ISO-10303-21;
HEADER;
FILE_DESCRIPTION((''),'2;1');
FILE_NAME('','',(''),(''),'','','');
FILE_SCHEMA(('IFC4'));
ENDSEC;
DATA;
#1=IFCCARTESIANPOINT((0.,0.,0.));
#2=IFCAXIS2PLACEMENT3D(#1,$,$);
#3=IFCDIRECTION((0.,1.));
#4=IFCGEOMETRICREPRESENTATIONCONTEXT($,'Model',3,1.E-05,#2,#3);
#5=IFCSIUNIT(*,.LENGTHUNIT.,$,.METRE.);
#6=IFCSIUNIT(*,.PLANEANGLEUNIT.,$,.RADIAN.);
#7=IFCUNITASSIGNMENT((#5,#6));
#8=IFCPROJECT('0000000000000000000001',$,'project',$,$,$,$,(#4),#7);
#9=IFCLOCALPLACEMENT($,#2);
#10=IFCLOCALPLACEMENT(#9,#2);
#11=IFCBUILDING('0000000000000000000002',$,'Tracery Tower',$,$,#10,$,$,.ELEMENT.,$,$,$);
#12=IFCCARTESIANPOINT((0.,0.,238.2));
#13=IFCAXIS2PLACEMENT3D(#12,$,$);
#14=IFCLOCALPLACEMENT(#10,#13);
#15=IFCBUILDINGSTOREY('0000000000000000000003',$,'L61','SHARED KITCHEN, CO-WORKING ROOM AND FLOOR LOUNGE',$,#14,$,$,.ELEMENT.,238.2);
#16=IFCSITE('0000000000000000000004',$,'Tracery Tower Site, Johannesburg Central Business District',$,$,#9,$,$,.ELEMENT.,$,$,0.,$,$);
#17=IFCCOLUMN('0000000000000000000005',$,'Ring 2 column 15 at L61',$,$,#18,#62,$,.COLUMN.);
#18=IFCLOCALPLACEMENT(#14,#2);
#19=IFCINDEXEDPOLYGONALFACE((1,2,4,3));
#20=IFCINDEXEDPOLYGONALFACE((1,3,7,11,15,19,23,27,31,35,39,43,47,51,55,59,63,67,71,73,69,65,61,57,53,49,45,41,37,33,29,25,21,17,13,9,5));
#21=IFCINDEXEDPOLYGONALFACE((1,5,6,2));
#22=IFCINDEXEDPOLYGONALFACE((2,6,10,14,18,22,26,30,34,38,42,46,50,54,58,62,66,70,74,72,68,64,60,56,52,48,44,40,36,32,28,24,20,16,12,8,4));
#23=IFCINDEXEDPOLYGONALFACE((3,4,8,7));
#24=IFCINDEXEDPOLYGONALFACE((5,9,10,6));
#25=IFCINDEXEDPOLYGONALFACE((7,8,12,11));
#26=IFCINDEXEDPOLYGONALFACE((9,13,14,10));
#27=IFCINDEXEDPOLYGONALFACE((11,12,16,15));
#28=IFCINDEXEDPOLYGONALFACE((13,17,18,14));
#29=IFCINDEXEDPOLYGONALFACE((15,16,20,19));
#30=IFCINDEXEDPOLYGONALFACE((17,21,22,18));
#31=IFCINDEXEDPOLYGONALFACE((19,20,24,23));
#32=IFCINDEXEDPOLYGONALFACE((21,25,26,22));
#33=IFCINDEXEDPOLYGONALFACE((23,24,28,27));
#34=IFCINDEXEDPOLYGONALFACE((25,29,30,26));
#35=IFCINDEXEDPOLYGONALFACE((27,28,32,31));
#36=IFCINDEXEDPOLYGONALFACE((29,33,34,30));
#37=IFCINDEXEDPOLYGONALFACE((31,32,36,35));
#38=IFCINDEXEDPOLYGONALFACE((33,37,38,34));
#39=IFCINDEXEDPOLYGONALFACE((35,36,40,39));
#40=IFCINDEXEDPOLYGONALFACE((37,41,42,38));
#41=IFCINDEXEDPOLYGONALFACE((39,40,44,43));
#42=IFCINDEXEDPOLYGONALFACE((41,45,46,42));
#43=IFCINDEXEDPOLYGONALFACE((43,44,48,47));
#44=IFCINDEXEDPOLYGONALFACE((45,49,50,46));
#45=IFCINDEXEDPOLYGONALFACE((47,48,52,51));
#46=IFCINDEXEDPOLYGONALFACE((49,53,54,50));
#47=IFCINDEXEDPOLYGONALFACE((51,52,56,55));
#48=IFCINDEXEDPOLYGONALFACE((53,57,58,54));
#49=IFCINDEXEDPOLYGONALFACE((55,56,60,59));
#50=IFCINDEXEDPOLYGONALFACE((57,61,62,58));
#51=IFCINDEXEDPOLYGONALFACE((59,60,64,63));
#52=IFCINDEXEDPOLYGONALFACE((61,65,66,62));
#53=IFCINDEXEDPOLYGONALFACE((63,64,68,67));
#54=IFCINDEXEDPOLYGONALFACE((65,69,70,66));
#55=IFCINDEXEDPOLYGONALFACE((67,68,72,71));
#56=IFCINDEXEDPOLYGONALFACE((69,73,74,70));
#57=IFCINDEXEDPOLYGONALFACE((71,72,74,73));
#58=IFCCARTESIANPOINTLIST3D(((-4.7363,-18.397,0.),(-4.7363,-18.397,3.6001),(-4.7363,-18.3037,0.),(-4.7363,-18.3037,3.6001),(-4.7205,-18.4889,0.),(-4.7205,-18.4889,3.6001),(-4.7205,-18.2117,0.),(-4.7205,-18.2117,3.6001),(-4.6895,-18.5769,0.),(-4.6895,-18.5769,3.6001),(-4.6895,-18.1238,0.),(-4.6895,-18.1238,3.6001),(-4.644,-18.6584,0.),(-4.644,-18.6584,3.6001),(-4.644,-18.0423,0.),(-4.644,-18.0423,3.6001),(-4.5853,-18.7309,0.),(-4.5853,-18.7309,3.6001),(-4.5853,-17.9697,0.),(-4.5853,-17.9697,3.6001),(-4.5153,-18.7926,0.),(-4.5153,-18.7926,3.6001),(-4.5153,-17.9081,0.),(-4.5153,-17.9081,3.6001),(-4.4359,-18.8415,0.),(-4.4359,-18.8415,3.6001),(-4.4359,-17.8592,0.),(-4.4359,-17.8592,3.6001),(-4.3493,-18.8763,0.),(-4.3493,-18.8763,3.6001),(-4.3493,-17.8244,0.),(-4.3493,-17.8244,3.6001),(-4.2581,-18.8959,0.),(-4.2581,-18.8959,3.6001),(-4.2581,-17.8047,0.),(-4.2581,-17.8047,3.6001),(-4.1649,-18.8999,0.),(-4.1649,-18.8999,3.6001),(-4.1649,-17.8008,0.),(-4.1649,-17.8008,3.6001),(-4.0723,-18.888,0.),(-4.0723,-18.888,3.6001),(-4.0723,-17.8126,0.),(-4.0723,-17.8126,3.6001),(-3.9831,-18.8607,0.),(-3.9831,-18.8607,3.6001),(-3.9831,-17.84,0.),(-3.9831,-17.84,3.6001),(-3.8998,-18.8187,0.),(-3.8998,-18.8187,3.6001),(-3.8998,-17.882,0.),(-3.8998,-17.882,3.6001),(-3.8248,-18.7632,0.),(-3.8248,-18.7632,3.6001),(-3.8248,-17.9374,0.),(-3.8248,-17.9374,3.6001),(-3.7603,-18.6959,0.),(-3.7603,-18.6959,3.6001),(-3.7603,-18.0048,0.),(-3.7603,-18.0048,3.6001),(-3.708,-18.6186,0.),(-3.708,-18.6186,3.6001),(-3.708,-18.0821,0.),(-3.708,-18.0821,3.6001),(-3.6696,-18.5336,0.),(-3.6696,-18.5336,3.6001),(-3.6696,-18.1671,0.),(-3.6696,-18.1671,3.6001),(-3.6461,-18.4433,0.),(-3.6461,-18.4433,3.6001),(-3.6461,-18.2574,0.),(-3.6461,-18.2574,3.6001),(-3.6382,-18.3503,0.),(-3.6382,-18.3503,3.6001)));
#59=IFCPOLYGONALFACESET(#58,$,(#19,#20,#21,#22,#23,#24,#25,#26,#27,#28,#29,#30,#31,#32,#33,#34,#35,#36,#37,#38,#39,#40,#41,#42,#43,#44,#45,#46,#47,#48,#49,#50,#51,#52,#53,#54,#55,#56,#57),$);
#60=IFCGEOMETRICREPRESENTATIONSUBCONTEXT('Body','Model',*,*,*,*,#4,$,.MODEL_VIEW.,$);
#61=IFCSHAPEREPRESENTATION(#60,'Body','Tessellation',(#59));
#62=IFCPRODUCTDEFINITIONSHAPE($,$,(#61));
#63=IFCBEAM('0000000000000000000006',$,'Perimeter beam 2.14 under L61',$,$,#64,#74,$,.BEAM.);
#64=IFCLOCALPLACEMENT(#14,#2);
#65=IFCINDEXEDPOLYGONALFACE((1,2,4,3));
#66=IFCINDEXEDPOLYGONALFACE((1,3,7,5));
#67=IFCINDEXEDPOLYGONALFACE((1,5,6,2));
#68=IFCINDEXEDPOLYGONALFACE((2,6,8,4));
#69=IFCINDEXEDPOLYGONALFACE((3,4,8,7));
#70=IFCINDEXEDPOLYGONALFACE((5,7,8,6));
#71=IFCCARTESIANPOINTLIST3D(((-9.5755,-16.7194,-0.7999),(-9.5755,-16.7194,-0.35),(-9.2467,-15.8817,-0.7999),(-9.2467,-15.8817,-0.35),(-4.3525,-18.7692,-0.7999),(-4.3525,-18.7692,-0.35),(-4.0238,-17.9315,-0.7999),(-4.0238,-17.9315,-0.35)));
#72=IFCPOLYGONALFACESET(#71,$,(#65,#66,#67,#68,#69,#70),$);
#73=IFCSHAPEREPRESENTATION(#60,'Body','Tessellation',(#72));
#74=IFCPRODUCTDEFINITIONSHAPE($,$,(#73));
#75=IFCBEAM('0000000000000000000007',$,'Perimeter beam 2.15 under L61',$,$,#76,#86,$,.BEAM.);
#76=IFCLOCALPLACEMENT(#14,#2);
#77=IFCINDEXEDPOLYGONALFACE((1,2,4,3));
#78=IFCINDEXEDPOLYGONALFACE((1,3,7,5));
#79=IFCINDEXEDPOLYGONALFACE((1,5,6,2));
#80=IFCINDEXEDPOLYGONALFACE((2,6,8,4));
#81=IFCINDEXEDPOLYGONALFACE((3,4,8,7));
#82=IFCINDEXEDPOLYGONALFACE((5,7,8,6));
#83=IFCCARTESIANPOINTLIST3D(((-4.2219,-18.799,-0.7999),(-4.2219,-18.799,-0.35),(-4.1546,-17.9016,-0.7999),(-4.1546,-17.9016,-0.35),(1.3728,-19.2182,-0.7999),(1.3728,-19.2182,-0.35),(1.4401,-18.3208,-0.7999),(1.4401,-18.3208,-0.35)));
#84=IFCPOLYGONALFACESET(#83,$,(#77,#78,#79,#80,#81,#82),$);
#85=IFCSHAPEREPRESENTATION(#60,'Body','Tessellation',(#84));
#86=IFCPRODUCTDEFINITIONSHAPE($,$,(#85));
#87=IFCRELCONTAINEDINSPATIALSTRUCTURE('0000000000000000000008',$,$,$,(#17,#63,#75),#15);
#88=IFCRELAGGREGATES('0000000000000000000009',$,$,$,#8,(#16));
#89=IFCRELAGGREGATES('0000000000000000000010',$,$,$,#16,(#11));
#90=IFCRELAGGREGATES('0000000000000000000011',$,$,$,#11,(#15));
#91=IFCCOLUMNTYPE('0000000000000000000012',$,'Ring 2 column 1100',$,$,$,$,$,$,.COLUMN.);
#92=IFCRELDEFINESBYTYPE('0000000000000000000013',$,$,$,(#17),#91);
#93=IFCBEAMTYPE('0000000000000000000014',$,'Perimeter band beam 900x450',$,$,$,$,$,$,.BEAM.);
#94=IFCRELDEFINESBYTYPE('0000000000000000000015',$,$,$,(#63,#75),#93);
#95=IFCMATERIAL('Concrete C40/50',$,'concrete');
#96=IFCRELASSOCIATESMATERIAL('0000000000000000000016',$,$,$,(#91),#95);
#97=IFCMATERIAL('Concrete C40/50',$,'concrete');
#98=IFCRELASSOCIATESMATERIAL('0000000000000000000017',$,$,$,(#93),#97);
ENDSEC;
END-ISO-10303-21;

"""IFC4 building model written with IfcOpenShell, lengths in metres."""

from ifc_helpers import new_model, si_unit, direction, frame, origin, origin_2d, place, context, subcontext, project, spatial, rectangle, circle, extrude, material, material_profile, profile_set, type_object, element, save


model = new_model("IFC4")

# Units and contexts
model_context = context("Model", 3, precision=1e-05, world=origin(), true_north=direction((0.0, 1.0)))
body_context = subcontext(model_context, "Body", "Model", "MODEL_VIEW")
ifc_project = project(units=[si_unit("LENGTHUNIT", "METRE"), si_unit("PLANEANGLEUNIT", "RADIAN")], contexts=[model_context])

# Site, building, storey
site_placement = place(None, origin())
site = spatial("IfcSite", under=ifc_project, at=site_placement, Name="Tracery Tower Site, Johannesburg Central Business District", CompositionType="ELEMENT", RefElevation=0.0)
building_placement = place(site_placement, origin())
building = spatial("IfcBuilding", under=site, at=building_placement, Name="Tracery Tower", CompositionType="ELEMENT")
storey_placement = place(building_placement, frame((0.0, 0.0, 238.2)))
storey = spatial("IfcBuildingStorey", under=building, at=storey_placement, Name="L61", Description="SHARED KITCHEN, CO-WORKING ROOM AND FLOOR LOUNGE", CompositionType="ELEMENT", Elevation=238.2)

# Column
ifc_material_1 = material(Name="Concrete C40/50", Category="concrete")
ifc_material_profile_1 = material_profile(ifc_material_1, circle(Radius=0.55, at=origin_2d()), Name="RC D1100")
ifc_profile_set_1 = profile_set([ifc_material_profile_1], Name="Concrete C40/50")
column_type = type_object("IfcColumnType", Name="Ring 2 column 1100", PredefinedType="COLUMN", material=ifc_profile_set_1)
column_placement = place(storey_placement, frame((-4.1882, -18.3503, 0.0), z_axis=(0.0, 0.0, 1.0), x_axis=(1.0, 0.0, 0.0)))
element("IfcColumn", 1, at=column_placement, inside=storey, type_object=column_type, Name="Ring 2 column 15 at L61", PredefinedType="COLUMN", context=body_context, shape_type="SweptSolid", body=[
    extrude(circle(Radius=0.55, at=origin_2d()), origin(), (0.0, 0.0, 1.0), 3.6001),
])

# Beams
ifc_material_2 = material(Name="Concrete C40/50", Category="concrete")
ifc_material_profile_2 = material_profile(ifc_material_2, rectangle(XDim=0.8999, YDim=0.45, at=origin_2d()), Name="RC 900x450")
ifc_profile_set_2 = profile_set([ifc_material_profile_2], Name="Concrete C40/50")
beam_type = type_object("IfcBeamType", Name="Perimeter band beam 900x450", PredefinedType="BEAM", material=ifc_profile_set_2)
beam_1_placement = place(storey_placement, frame((-9.4111, -16.3005, -0.575), z_axis=(0.930876, -0.365336, 0.0), x_axis=(0.365336, 0.930876, 0.0)))
element("IfcBeam", 2, at=beam_1_placement, inside=storey, type_object=beam_type, Name="Perimeter beam 2.14 under L61", PredefinedType="BEAM", context=body_context, shape_type="SweptSolid", body=[
    extrude(rectangle(XDim=0.8999, YDim=0.45, at=origin_2d()), origin(), (0.0, 0.0, 1.0), 5.6108),
])
beam_2_placement = place(storey_placement, frame((-4.1882, -18.3503, -0.575), z_axis=(0.997205, -0.074716, 0.0), x_axis=(0.074716, 0.997205, 0.0)))
element("IfcBeam", 3, at=beam_2_placement, inside=storey, type_object=beam_type, Name="Perimeter beam 2.15 under L61", PredefinedType="BEAM", context=body_context, shape_type="SweptSolid", body=[
    extrude(rectangle(XDim=0.8999, YDim=0.45, at=origin_2d()), origin(), (0.0, 0.0, 1.0), 5.6104),
])

save(model, "model.ifc")
